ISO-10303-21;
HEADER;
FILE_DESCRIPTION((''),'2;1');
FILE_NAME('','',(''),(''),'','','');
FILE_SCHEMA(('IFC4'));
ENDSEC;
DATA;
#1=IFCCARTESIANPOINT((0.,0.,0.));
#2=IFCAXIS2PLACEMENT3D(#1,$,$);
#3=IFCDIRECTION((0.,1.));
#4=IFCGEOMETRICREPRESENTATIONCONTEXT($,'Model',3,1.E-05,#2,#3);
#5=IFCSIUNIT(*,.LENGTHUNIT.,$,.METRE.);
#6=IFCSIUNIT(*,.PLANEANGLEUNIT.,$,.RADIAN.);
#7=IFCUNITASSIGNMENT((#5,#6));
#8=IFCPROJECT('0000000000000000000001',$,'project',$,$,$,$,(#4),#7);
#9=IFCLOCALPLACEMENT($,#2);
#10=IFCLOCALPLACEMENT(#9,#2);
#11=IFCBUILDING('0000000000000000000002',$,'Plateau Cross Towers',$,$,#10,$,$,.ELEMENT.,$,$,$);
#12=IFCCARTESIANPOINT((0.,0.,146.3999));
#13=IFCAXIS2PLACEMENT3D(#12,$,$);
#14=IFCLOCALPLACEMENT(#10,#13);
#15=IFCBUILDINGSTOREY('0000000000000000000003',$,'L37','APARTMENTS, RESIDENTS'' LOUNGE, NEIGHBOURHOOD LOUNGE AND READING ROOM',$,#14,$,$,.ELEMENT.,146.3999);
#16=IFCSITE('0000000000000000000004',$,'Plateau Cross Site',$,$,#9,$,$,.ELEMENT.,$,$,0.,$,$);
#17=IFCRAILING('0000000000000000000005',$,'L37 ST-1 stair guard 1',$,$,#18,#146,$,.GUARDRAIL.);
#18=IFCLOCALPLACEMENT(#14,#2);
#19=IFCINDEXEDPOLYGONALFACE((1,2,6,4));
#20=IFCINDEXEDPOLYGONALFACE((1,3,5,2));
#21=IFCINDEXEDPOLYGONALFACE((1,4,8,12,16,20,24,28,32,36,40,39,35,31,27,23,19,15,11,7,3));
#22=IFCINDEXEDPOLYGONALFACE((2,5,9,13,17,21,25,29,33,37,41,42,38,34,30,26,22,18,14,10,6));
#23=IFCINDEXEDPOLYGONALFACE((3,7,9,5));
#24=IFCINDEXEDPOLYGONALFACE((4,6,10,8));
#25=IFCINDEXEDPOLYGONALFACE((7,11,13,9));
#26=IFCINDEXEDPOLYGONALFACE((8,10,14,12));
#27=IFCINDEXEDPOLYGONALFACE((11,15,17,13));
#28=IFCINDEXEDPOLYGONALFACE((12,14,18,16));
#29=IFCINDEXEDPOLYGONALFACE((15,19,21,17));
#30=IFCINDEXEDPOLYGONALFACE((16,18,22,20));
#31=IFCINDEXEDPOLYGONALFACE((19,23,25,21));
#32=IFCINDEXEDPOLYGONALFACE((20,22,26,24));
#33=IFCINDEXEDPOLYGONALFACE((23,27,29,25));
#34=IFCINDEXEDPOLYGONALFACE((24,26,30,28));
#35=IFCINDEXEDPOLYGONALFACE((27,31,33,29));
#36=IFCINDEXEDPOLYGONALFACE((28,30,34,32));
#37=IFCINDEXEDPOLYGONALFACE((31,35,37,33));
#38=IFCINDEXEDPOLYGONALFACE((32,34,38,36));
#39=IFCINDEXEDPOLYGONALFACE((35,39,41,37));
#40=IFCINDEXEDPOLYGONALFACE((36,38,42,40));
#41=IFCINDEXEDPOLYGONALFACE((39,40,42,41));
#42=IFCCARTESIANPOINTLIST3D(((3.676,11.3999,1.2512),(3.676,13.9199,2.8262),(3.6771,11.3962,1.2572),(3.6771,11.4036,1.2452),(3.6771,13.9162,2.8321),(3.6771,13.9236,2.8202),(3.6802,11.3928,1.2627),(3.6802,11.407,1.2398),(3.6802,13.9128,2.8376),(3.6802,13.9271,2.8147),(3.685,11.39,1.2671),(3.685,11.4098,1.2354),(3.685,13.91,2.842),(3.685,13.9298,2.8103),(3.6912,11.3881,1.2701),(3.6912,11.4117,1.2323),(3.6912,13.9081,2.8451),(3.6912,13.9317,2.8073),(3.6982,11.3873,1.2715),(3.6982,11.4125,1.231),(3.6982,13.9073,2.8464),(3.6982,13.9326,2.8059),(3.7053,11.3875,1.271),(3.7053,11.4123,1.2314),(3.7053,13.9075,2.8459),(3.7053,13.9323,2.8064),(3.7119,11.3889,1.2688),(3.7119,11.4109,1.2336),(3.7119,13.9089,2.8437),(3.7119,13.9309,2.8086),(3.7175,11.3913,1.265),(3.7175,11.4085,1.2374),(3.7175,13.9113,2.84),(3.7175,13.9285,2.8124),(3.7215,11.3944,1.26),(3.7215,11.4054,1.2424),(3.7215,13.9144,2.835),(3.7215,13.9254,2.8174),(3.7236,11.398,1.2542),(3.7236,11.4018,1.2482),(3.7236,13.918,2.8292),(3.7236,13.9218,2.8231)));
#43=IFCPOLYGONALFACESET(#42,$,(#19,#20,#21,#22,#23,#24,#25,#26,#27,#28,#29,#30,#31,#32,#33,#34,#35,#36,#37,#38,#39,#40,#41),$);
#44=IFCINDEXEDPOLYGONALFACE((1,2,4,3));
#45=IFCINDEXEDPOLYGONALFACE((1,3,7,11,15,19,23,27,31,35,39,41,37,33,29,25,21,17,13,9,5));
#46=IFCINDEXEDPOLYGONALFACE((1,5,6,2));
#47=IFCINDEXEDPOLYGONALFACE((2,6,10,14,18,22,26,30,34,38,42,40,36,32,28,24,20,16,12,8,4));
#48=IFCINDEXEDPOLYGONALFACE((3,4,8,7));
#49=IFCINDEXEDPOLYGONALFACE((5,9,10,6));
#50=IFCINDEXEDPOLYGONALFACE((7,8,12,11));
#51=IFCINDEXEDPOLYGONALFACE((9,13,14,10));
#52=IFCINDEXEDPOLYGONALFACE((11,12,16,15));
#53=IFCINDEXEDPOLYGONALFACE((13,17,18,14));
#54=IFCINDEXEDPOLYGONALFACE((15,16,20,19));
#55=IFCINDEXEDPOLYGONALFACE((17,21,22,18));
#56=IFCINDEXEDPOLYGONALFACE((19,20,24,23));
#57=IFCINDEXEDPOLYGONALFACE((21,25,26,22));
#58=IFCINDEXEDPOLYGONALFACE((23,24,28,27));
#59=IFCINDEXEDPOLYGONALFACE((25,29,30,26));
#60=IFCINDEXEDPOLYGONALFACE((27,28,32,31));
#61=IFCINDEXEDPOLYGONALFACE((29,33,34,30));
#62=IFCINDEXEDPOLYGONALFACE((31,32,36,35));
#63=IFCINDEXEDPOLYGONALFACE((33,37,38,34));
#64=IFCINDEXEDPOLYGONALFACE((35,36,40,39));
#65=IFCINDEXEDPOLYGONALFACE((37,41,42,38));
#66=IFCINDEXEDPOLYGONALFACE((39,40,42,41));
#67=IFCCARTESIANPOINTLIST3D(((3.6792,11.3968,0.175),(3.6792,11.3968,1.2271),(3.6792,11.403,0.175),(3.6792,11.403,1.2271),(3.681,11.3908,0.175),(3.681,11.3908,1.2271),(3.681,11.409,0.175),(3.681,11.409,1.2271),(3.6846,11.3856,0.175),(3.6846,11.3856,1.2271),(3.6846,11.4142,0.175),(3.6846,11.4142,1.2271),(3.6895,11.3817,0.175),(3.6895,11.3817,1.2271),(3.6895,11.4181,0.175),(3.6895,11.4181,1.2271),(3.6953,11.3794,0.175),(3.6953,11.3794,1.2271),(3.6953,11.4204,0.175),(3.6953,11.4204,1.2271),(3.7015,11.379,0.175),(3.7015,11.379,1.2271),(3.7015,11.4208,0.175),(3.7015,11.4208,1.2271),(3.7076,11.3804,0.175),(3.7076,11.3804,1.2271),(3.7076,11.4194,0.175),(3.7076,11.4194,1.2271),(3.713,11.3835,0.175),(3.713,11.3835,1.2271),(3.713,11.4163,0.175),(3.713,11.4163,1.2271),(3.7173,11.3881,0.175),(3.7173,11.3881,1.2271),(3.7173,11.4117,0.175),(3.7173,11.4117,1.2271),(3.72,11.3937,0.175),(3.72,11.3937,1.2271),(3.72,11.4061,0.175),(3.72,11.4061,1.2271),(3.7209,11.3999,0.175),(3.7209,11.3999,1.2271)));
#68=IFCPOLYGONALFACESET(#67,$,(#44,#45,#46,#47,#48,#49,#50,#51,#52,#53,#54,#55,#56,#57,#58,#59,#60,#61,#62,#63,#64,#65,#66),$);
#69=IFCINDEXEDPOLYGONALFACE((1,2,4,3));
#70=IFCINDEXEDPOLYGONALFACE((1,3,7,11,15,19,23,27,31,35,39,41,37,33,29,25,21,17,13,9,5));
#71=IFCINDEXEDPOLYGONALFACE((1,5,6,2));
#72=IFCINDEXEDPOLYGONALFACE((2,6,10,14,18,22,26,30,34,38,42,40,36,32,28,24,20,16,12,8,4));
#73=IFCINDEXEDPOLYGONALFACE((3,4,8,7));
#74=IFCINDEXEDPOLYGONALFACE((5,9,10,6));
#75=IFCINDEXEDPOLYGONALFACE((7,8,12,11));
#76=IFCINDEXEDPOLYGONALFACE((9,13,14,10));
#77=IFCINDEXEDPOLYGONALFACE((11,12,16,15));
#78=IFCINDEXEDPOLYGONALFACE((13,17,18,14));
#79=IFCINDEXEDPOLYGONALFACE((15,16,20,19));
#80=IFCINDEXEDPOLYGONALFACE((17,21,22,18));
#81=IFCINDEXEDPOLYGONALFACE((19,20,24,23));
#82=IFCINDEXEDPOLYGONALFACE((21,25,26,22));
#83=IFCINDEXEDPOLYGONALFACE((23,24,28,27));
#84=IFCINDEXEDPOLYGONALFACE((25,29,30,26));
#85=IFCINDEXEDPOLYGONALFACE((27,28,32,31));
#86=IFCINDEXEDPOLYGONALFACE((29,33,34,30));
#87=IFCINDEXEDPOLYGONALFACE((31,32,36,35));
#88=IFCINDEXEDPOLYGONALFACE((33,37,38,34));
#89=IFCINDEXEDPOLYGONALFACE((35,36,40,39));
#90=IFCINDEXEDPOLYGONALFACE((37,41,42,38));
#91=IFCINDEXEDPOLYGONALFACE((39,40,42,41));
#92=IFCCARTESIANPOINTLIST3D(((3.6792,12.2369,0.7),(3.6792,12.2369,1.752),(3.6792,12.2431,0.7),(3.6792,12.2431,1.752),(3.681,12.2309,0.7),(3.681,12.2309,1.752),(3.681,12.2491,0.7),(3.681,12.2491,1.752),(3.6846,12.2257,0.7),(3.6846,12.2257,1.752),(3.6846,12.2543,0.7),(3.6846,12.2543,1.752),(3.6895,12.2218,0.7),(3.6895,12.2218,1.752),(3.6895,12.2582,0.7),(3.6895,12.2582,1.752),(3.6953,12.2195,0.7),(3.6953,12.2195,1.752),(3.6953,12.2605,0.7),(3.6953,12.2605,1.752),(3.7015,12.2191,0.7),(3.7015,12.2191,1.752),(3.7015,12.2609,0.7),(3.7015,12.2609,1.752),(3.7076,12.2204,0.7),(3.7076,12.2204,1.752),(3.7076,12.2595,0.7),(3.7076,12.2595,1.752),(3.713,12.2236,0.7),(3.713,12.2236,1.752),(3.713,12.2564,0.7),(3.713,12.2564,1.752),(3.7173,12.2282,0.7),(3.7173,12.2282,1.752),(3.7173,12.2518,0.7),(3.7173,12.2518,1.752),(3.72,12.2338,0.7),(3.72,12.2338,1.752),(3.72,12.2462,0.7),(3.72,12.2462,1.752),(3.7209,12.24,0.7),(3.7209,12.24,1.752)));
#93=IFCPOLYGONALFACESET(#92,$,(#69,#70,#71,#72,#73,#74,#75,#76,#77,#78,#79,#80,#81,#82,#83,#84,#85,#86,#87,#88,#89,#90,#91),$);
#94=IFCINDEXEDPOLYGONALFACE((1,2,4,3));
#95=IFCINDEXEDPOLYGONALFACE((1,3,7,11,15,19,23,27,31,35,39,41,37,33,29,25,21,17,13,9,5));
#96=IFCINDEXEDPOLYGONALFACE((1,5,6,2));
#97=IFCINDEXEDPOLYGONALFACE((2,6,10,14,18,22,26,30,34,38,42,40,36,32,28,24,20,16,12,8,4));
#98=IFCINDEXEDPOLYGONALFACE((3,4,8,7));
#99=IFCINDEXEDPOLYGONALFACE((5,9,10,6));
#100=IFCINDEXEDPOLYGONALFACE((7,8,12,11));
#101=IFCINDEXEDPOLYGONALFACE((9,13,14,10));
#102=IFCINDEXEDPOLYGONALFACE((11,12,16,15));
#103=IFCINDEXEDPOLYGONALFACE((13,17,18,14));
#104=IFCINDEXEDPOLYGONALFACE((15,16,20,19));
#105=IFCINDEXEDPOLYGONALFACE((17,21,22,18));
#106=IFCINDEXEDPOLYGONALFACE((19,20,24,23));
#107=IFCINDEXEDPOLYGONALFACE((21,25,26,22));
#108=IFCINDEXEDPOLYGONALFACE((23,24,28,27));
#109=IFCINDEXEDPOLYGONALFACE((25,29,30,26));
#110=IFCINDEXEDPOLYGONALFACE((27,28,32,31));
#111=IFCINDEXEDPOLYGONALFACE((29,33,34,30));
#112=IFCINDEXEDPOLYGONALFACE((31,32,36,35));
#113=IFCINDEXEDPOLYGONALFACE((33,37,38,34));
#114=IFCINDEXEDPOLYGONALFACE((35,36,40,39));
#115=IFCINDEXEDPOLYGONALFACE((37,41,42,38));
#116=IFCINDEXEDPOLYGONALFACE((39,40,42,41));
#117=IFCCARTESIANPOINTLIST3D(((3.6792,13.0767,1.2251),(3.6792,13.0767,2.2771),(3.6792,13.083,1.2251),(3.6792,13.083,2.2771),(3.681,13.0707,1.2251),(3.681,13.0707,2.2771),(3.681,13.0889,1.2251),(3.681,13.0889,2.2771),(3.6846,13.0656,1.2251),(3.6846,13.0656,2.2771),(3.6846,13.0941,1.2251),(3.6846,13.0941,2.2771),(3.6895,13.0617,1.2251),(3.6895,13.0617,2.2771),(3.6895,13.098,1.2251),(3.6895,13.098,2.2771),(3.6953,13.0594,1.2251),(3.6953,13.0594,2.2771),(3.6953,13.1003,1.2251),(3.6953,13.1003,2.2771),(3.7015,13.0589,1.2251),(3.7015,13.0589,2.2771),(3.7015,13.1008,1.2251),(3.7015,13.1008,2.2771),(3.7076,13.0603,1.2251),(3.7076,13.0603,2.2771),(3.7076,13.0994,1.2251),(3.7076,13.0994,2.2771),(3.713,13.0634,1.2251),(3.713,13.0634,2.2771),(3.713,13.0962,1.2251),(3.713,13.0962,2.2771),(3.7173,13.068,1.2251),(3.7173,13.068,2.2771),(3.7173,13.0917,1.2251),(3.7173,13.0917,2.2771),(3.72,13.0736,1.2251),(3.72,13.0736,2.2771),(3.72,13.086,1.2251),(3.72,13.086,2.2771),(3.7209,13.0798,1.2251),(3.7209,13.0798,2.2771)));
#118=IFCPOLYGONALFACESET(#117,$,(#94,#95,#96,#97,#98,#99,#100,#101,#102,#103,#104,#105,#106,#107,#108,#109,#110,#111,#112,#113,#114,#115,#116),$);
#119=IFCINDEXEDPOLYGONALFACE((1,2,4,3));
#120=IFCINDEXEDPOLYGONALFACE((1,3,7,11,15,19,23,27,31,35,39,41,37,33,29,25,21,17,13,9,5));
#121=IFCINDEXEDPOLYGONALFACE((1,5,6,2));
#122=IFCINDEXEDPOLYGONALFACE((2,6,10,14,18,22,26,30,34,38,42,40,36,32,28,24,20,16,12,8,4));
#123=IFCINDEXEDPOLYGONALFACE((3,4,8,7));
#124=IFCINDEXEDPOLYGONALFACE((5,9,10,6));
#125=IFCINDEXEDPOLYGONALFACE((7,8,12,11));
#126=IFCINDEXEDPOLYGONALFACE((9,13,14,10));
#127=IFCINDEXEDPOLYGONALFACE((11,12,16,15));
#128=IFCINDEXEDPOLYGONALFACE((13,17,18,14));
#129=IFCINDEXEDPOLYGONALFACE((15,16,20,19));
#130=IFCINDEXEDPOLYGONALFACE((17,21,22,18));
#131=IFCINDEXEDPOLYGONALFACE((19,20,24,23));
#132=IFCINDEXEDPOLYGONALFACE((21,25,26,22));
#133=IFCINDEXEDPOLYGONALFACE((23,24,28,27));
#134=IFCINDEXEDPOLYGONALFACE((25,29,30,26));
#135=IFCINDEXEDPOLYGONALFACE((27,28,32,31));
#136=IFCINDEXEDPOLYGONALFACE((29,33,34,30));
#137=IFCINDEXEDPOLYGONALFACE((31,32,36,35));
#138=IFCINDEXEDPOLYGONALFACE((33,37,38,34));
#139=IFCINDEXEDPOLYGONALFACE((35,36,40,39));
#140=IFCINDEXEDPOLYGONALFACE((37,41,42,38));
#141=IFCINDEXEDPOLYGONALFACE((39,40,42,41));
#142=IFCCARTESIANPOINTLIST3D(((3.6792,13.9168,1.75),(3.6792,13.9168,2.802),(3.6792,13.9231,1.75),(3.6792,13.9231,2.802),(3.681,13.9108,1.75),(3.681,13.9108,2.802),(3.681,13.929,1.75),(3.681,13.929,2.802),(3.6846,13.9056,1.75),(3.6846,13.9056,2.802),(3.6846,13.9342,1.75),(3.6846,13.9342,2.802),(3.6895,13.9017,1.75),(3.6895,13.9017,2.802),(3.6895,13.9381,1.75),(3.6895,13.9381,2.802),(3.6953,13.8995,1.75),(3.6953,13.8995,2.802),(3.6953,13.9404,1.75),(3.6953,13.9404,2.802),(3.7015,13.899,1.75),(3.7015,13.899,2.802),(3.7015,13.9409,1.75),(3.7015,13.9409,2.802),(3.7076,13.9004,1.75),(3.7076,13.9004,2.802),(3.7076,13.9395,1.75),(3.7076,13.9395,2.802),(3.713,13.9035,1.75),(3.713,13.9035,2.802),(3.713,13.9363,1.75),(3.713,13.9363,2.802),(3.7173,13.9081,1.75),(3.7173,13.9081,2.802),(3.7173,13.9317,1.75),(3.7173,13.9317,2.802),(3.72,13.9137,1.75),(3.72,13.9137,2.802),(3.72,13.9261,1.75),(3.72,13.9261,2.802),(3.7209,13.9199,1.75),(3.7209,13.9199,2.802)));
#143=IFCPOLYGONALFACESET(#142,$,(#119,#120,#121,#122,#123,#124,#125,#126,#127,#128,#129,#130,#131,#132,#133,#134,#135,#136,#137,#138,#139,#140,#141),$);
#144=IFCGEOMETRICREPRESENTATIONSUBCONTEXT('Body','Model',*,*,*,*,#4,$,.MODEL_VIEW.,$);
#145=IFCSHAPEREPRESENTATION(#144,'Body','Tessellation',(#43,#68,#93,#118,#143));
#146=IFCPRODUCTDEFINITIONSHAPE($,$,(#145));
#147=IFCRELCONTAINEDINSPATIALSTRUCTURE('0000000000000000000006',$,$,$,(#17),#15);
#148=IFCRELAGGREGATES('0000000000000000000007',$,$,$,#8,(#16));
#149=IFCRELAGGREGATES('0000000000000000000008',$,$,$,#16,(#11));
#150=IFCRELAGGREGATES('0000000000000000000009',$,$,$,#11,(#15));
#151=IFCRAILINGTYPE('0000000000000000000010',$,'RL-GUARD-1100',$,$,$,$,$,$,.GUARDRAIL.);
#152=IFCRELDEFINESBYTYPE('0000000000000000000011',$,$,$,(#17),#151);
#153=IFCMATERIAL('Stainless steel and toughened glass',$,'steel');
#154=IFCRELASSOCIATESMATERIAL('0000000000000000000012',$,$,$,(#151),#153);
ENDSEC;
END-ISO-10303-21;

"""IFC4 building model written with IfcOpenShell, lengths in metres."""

from ifc_helpers import new_model, si_unit, direction, frame, origin, origin_2d, place, context, subcontext, project, spatial, circle, extrude, material, type_object, element, save


model = new_model("IFC4")

# Units and contexts
model_context = context("Model", 3, precision=1e-05, world=origin(), true_north=direction((0.0, 1.0)))
body_context = subcontext(model_context, "Body", "Model", "MODEL_VIEW")
ifc_project = project(units=[si_unit("LENGTHUNIT", "METRE"), si_unit("PLANEANGLEUNIT", "RADIAN")], contexts=[model_context])

# Site, building, storey
site_placement = place(None, origin())
site = spatial("IfcSite", under=ifc_project, at=site_placement, Name="Plateau Cross Site", CompositionType="ELEMENT", RefElevation=0.0)
building_placement = place(site_placement, origin())
building = spatial("IfcBuilding", under=site, at=building_placement, Name="Plateau Cross Towers", CompositionType="ELEMENT")
storey_placement = place(building_placement, frame((0.0, 0.0, 146.3999)))
storey = spatial("IfcBuildingStorey", under=building, at=storey_placement, Name="L37", Description="APARTMENTS, RESIDENTS' LOUNGE, NEIGHBOURHOOD LOUNGE AND READING ROOM", CompositionType="ELEMENT", Elevation=146.3999)

# Railing
ifc_material_1 = material(Name="Stainless steel and toughened glass", Category="steel")
railing_type_1 = type_object("IfcRailingType", Name="RL-GUARD-1100", PredefinedType="GUARDRAIL", material=ifc_material_1)
railing_1_placement = place(storey_placement, frame((3.7, 11.3999, 0.175)))
element("IfcRailing", 1, at=railing_1_placement, inside=storey, type_object=railing_type_1, Name="L37 ST-1 stair guard 1", PredefinedType="GUARDRAIL", context=body_context, shape_type="SweptSolid", body=[
    extrude(circle(Radius=0.0239, at=origin_2d()), frame((0.0, 0.0, 1.0762), z_axis=(0.0, 0.848008, 0.529984), x_axis=(-1.0, 0.0, 0.0)), (0.0, 0.0, 1.0), 2.9717),
    extrude(circle(Radius=0.021, at=origin_2d()), origin(), (0.0, 0.0, 1.0), 1.052),
    extrude(circle(Radius=0.021, at=origin_2d()), frame((0.0, 0.8401, 0.5249)), (0.0, 0.0, 1.0), 1.052),
    extrude(circle(Radius=0.021, at=origin_2d()), frame((0.0, 1.6799, 1.05)), (0.0, 0.0, 1.0), 1.052),
    extrude(circle(Radius=0.021, at=origin_2d()), frame((0.0, 2.52, 1.575)), (0.0, 0.0, 1.0), 1.052),
])

save(model, "model.ifc")
